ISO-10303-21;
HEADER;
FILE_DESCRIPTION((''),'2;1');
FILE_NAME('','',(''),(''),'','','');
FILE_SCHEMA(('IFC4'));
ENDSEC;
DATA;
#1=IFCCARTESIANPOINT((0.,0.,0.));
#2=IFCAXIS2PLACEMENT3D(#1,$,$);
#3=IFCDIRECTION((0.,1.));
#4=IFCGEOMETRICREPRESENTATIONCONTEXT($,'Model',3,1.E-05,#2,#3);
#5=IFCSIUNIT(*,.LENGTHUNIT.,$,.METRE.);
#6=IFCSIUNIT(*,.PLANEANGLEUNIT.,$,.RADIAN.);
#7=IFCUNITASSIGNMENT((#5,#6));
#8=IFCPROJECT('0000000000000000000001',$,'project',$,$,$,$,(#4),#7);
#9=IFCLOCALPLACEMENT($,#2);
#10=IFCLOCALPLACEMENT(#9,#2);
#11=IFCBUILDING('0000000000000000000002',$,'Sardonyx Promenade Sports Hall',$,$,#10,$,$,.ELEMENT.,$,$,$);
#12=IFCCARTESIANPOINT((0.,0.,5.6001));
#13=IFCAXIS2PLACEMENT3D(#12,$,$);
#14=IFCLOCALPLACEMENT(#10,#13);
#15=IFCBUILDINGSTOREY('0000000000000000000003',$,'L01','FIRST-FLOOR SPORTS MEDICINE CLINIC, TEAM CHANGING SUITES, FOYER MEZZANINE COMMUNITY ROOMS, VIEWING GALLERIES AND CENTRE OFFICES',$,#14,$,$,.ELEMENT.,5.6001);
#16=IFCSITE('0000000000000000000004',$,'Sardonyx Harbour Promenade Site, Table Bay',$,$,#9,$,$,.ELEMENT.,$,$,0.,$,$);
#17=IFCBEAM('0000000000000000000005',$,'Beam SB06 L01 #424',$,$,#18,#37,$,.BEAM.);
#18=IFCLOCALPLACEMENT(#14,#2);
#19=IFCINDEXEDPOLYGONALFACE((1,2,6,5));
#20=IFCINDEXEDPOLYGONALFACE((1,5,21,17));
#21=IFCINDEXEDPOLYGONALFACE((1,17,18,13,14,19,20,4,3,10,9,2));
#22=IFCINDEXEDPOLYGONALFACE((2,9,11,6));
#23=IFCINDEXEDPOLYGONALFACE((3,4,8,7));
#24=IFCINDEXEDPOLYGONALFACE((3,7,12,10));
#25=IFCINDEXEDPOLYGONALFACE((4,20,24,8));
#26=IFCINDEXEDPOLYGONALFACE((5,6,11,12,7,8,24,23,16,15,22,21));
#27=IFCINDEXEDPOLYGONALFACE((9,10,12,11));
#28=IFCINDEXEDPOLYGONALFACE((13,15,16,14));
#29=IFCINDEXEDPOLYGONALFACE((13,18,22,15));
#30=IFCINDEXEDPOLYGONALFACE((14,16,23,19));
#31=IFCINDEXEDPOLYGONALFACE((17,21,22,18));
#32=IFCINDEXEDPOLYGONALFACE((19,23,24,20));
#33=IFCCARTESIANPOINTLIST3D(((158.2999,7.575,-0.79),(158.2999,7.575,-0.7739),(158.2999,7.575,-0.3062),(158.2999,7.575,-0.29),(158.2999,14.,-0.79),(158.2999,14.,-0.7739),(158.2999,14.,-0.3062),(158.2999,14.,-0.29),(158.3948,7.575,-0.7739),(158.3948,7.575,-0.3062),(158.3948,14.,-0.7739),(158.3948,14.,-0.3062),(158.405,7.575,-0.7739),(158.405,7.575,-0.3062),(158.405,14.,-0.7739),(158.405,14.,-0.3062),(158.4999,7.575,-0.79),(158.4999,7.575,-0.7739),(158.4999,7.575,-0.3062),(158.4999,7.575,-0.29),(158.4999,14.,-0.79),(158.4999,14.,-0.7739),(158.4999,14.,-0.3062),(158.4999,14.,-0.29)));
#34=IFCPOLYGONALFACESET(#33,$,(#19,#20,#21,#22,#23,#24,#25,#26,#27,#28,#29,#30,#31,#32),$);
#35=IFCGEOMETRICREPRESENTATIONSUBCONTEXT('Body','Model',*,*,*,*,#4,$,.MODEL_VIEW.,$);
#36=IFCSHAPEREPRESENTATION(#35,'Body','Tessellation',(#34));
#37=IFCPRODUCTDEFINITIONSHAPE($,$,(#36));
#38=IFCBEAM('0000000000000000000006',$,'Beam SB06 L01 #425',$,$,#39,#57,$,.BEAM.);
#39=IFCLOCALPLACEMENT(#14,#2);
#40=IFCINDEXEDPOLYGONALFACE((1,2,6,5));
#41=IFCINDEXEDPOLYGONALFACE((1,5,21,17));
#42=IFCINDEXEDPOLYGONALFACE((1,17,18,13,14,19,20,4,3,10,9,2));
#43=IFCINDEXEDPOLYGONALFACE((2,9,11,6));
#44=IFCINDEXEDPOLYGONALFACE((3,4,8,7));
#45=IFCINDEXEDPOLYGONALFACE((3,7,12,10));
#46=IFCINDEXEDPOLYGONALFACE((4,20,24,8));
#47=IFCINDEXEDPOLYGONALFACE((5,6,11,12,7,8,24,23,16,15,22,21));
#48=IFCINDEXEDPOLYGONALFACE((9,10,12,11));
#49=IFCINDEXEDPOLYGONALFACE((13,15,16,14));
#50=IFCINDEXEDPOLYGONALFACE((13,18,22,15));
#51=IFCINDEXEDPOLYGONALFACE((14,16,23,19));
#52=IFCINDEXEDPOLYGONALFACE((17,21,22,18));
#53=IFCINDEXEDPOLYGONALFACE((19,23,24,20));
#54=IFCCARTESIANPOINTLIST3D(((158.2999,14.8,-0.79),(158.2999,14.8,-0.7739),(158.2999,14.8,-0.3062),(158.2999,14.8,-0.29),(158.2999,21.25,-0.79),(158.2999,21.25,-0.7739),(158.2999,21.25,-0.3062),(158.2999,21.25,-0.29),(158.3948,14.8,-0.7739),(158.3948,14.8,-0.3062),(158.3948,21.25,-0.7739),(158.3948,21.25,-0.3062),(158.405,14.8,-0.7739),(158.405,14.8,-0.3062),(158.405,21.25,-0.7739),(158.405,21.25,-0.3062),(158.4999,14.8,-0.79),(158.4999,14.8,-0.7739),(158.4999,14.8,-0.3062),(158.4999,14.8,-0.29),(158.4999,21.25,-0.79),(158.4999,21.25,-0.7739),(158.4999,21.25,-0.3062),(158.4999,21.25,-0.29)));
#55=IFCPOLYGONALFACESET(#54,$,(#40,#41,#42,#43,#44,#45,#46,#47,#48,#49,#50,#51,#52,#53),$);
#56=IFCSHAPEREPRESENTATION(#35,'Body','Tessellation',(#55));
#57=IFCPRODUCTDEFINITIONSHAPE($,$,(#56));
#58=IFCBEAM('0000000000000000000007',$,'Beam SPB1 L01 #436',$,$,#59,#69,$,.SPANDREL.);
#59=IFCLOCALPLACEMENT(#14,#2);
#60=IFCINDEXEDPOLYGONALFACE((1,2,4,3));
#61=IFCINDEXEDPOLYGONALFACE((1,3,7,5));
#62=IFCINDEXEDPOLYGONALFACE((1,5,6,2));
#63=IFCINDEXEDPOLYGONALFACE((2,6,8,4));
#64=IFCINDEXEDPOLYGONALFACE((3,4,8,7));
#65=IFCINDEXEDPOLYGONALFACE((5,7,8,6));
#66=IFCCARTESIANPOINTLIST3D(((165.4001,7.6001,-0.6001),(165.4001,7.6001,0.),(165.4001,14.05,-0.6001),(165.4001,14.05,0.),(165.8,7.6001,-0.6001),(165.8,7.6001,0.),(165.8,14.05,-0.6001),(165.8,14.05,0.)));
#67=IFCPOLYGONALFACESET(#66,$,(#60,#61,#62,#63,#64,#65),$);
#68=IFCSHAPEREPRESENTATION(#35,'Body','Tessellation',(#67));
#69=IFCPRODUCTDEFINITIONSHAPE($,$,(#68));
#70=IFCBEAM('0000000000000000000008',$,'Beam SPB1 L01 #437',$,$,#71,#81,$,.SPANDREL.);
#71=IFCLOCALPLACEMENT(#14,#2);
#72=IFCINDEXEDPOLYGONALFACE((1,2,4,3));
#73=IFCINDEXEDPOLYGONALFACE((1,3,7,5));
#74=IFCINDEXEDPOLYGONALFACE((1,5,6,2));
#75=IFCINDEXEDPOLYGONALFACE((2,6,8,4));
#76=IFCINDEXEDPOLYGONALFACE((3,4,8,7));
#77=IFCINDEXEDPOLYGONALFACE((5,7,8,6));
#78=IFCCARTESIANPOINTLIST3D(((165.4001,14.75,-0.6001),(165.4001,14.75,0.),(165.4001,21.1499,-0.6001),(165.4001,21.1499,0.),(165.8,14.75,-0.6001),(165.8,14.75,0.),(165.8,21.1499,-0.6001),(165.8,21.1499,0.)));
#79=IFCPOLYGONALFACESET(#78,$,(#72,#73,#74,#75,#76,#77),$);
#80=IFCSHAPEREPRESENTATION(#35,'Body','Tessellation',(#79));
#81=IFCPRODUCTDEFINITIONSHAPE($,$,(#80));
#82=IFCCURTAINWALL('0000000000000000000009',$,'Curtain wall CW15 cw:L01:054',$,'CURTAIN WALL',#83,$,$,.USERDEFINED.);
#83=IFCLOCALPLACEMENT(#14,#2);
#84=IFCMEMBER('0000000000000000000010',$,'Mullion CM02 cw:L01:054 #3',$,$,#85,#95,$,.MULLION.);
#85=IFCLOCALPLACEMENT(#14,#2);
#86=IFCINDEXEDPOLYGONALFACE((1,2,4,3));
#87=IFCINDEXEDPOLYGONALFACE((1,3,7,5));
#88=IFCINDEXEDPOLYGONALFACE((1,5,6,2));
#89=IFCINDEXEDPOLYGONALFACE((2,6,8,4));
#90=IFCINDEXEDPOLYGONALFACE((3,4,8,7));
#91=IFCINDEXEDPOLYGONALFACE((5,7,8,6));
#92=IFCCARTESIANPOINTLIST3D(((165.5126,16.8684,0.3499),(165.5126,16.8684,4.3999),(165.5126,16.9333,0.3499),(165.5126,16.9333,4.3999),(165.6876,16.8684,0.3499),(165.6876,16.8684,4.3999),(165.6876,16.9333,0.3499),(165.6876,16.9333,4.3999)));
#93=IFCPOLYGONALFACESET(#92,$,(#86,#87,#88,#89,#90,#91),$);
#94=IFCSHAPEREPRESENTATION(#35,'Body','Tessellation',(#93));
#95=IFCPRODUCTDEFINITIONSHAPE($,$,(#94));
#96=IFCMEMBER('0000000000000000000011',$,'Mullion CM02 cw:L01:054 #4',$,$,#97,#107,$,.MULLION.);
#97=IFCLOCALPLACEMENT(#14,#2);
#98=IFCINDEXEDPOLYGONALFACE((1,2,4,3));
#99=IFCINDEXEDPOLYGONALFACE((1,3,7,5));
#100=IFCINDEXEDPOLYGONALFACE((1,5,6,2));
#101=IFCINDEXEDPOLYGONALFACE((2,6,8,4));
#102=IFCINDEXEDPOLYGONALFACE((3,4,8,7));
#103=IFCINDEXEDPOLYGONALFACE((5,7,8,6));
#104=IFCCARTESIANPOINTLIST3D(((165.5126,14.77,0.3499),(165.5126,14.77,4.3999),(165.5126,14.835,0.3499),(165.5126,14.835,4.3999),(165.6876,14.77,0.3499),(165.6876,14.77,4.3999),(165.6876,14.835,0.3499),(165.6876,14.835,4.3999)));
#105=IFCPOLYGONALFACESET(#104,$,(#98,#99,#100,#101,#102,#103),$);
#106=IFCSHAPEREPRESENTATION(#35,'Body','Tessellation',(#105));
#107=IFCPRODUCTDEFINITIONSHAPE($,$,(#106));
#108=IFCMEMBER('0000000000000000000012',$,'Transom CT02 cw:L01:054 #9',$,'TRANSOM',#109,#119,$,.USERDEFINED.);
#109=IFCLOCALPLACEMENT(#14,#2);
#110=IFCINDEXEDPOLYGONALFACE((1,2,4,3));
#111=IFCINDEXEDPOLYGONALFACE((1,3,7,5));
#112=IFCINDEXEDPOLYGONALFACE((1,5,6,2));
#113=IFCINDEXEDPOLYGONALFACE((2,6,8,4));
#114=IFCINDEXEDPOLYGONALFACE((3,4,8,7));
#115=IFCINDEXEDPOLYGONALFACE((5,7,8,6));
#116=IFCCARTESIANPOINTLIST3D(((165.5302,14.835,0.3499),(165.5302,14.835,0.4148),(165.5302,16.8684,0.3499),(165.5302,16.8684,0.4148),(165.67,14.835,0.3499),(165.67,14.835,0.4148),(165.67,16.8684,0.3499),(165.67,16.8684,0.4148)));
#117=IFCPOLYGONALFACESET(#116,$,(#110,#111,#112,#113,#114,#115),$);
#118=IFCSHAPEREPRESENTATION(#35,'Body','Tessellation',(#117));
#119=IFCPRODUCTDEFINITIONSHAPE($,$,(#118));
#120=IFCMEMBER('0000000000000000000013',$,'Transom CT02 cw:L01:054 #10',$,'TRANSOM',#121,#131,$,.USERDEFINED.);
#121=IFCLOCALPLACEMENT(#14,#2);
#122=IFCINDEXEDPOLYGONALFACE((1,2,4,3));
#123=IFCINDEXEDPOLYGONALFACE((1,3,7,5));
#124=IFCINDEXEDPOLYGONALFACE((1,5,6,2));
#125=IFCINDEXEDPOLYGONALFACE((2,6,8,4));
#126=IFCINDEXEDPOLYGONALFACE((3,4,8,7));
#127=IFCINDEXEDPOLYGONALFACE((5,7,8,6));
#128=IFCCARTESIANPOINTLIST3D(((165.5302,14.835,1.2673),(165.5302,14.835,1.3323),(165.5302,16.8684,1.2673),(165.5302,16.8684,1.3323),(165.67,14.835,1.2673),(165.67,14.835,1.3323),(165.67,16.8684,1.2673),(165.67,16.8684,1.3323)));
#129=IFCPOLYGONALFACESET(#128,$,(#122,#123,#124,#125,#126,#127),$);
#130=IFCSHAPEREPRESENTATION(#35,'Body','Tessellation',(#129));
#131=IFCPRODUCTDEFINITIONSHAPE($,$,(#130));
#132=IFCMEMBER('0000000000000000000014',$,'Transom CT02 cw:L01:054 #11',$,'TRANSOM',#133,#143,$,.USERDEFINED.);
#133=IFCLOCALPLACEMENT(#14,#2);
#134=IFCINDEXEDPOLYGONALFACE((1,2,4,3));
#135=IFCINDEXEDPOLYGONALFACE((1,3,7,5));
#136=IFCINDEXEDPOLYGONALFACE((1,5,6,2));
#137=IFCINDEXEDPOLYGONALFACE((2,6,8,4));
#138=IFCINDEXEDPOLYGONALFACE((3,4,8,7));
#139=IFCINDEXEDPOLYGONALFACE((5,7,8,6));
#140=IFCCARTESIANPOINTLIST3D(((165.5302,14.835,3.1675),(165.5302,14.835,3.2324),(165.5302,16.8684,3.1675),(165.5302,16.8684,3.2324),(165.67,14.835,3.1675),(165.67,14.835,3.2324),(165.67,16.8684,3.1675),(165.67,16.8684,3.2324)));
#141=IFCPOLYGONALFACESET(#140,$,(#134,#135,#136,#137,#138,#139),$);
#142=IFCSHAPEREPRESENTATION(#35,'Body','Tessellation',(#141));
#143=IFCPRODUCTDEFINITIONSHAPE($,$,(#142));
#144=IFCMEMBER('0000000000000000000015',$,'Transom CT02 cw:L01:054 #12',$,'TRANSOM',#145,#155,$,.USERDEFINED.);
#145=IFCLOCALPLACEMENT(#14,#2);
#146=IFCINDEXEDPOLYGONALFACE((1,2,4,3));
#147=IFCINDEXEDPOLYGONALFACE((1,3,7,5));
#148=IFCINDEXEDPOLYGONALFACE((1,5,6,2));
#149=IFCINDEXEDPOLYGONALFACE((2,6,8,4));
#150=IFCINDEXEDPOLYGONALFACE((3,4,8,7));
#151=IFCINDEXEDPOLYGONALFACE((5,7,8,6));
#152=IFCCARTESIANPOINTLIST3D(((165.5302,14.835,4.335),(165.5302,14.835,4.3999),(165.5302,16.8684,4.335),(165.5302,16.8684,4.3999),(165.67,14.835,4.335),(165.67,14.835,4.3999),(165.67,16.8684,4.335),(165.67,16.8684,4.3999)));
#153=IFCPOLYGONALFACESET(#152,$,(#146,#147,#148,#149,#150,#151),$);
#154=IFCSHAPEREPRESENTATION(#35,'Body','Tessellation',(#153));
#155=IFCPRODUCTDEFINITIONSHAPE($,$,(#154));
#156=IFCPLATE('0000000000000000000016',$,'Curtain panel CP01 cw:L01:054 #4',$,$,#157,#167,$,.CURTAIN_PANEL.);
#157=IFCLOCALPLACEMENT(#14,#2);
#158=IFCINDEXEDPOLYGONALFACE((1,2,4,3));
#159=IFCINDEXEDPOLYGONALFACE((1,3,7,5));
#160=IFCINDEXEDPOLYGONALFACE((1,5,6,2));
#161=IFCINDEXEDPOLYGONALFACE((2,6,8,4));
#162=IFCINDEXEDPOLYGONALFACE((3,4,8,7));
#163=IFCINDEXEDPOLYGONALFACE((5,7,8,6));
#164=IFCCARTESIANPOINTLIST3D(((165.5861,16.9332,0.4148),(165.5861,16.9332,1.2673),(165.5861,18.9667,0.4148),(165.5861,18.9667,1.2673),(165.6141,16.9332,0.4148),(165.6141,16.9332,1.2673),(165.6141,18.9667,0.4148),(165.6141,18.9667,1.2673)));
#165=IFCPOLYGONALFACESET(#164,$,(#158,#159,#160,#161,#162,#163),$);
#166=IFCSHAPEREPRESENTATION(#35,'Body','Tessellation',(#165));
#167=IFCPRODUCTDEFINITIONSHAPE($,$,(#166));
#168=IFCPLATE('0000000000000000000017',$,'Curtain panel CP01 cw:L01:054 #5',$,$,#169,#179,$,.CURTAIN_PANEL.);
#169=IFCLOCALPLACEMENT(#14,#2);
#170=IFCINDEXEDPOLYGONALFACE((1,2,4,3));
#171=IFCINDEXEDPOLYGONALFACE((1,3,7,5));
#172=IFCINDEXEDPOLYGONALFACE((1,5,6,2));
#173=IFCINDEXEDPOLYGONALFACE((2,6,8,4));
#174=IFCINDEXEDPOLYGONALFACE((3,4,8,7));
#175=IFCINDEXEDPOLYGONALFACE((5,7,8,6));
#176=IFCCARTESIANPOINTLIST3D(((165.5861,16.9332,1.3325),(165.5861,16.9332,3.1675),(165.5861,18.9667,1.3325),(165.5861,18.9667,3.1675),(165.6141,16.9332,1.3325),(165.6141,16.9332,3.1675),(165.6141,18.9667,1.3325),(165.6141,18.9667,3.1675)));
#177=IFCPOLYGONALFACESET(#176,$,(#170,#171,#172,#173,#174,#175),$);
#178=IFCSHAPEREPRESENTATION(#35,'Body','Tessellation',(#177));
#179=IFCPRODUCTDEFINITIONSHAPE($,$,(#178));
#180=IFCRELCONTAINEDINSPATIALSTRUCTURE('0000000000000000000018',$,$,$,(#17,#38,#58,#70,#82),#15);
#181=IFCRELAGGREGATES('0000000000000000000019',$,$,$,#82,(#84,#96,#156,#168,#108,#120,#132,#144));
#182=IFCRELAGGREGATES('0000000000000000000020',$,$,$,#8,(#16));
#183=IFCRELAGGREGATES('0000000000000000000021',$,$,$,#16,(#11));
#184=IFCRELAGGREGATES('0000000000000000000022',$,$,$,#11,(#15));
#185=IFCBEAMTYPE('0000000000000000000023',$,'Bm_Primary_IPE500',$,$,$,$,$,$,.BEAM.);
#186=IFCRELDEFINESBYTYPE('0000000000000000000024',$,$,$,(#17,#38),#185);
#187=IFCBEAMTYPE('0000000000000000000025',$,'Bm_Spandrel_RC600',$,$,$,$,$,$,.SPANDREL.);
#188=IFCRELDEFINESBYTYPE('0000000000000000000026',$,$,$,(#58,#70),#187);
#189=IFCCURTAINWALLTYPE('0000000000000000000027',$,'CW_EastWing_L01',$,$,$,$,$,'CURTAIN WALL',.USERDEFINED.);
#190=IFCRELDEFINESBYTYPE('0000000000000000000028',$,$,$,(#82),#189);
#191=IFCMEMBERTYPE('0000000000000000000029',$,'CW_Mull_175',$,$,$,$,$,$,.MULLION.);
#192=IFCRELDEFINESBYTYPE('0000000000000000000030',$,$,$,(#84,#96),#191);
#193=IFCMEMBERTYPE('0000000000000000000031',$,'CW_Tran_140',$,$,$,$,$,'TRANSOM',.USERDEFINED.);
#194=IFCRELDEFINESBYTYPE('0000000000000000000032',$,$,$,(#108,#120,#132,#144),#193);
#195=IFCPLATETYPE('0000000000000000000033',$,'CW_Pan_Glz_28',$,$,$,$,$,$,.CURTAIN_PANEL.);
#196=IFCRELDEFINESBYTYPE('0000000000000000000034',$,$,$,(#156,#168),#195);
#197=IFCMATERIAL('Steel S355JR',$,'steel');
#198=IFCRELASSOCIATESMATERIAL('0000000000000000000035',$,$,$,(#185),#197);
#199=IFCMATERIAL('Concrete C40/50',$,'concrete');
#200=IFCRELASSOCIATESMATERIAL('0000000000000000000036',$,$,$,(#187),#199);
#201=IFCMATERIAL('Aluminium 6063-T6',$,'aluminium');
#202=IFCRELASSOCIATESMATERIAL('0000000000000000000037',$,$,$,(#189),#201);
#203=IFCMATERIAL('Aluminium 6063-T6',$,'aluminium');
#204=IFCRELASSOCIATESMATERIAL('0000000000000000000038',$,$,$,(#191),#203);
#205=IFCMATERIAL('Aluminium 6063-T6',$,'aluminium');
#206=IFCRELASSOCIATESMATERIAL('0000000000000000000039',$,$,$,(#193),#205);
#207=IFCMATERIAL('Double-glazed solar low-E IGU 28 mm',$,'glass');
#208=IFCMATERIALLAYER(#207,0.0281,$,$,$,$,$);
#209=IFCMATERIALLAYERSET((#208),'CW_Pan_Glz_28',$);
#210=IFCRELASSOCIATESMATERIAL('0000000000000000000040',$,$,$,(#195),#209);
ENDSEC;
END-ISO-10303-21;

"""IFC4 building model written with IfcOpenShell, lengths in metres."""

from ifc_helpers import new_model, si_unit, direction, frame, origin, origin_2d, place, context, subcontext, project, spatial, rectangle, i_section, extrude, material, layer, layer_set, material_profile, profile_set, type_object, element, aggregate, save


model = new_model("IFC4")

# Units and contexts
model_context = context("Model", 3, precision=1e-05, world=origin(), true_north=direction((0.0, 1.0)))
body_context = subcontext(model_context, "Body", "Model", "MODEL_VIEW")
ifc_project = project(units=[si_unit("LENGTHUNIT", "METRE"), si_unit("PLANEANGLEUNIT", "RADIAN")], contexts=[model_context])

# Site, building, storey
site_placement = place(None, origin())
site = spatial("IfcSite", under=ifc_project, at=site_placement, Name="Sardonyx Harbour Promenade Site, Table Bay", CompositionType="ELEMENT", RefElevation=0.0)
building_placement = place(site_placement, origin())
building = spatial("IfcBuilding", under=site, at=building_placement, Name="Sardonyx Promenade Sports Hall", CompositionType="ELEMENT")
storey_placement = place(building_placement, frame((0.0, 0.0, 5.6001)))
storey = spatial("IfcBuildingStorey", under=building, at=storey_placement, Name="L01", Description="FIRST-FLOOR SPORTS MEDICINE CLINIC, TEAM CHANGING SUITES, FOYER MEZZANINE COMMUNITY ROOMS, VIEWING GALLERIES AND CENTRE OFFICES", CompositionType="ELEMENT", Elevation=5.6001)

# Beams
ifc_material_1 = material(Name="Steel S355JR", Category="steel")
ifc_material_profile_1 = material_profile(ifc_material_1, i_section(OverallWidth=0.2, OverallDepth=0.5, WebThickness=0.0103, FlangeThickness=0.0161, at=origin_2d()))
ifc_profile_set_1 = profile_set([ifc_material_profile_1], Name="Steel S355JR")
beam_type_1 = type_object("IfcBeamType", Name="Bm_Primary_IPE500", PredefinedType="BEAM", material=ifc_profile_set_1)
beam_1_placement = place(storey_placement, frame((158.3999, 7.575, -0.54), z_axis=(0.0, 1.0, 0.0), x_axis=(-1.0, 0.0, 0.0)))
element("IfcBeam", 1, at=beam_1_placement, inside=storey, type_object=beam_type_1, Name="Beam SB06 L01 #424", PredefinedType="BEAM", context=body_context, shape_type="SweptSolid", body=[
    extrude(i_section(OverallWidth=0.2, OverallDepth=0.5, WebThickness=0.0103, FlangeThickness=0.0161, at=origin_2d()), origin(), (0.0, 0.0, 1.0), 6.425),
])
beam_2_placement = place(storey_placement, frame((158.3999, 14.8, -0.54), z_axis=(0.0, 1.0, 0.0), x_axis=(-1.0, 0.0, 0.0)))
element("IfcBeam", 2, at=beam_2_placement, inside=storey, type_object=beam_type_1, Name="Beam SB06 L01 #425", PredefinedType="BEAM", context=body_context, shape_type="SweptSolid", body=[
    extrude(i_section(OverallWidth=0.2, OverallDepth=0.5, WebThickness=0.0103, FlangeThickness=0.0161, at=origin_2d()), origin(), (0.0, 0.0, 1.0), 6.45),
])
ifc_material_2 = material(Name="Concrete C40/50", Category="concrete")
ifc_material_profile_2 = material_profile(ifc_material_2, rectangle(XDim=0.3999, YDim=0.6001, at=origin_2d()))
ifc_profile_set_2 = profile_set([ifc_material_profile_2], Name="Concrete C40/50")
beam_type_2 = type_object("IfcBeamType", Name="Bm_Spandrel_RC600", PredefinedType="SPANDREL", material=ifc_profile_set_2)
beam_3_placement = place(storey_placement, frame((165.6001, 7.6001, -0.3), z_axis=(0.0, 1.0, 0.0), x_axis=(-1.0, 0.0, 0.0)))
element("IfcBeam", 3, at=beam_3_placement, inside=storey, type_object=beam_type_2, Name="Beam SPB1 L01 #436", PredefinedType="SPANDREL", context=body_context, shape_type="SweptSolid", body=[
    extrude(rectangle(XDim=0.3999, YDim=0.6001, at=origin_2d()), origin(), (0.0, 0.0, 1.0), 6.45),
])
beam_4_placement = place(storey_placement, frame((165.6001, 14.75, -0.3), z_axis=(0.0, 1.0, 0.0), x_axis=(-1.0, 0.0, 0.0)))
element("IfcBeam", 4, at=beam_4_placement, inside=storey, type_object=beam_type_2, Name="Beam SPB1 L01 #437", PredefinedType="SPANDREL", context=body_context, shape_type="SweptSolid", body=[
    extrude(rectangle(XDim=0.3999, YDim=0.6001, at=origin_2d()), origin(), (0.0, 0.0, 1.0), 6.3999),
])

# Curtain wall, members, plates
ifc_material_3 = material(Name="Aluminium 6063-T6", Category="aluminium")
curtain_wall_type = type_object("IfcCurtainWallType", Name="CW_EastWing_L01", ElementType="CURTAIN WALL", PredefinedType="USERDEFINED", material=ifc_material_3)
curtain_wall_placement = place(storey_placement, origin())
curtain_wall = element("IfcCurtainWall", 5, at=curtain_wall_placement, inside=storey, type_object=curtain_wall_type, Name="Curtain wall CW15 cw:L01:054", ObjectType="CURTAIN WALL", PredefinedType="USERDEFINED")
ifc_material_4 = material(Name="Aluminium 6063-T6", Category="aluminium")
ifc_material_profile_3 = material_profile(ifc_material_4, rectangle(XDim=0.0649, YDim=0.175, at=origin_2d()))
ifc_profile_set_3 = profile_set([ifc_material_profile_3], Name="Aluminium 6063-T6")
member_type_1 = type_object("IfcMemberType", Name="CW_Mull_175", PredefinedType="MULLION", material=ifc_profile_set_3)
member_1_placement = place(storey_placement, frame((165.6001, 16.9009, 0.3499), z_axis=(0.0, 0.0, 1.0), x_axis=(0.0, -1.0, 0.0)))
member_1 = element("IfcMember", 6, at=member_1_placement, type_object=member_type_1, Name="Mullion CM02 cw:L01:054 #3", PredefinedType="MULLION", context=body_context, shape_type="SweptSolid", body=[
    extrude(rectangle(XDim=0.0649, YDim=0.175, at=origin_2d()), origin(), (0.0, 0.0, 1.0), 4.05),
])
member_2_placement = place(storey_placement, frame((165.6001, 14.8025, 0.3499), z_axis=(0.0, 0.0, 1.0), x_axis=(0.0, -1.0, 0.0)))
member_2 = element("IfcMember", 7, at=member_2_placement, type_object=member_type_1, Name="Mullion CM02 cw:L01:054 #4", PredefinedType="MULLION", context=body_context, shape_type="SweptSolid", body=[
    extrude(rectangle(XDim=0.0649, YDim=0.175, at=origin_2d()), origin(), (0.0, 0.0, 1.0), 4.05),
])
ifc_material_5 = material(Name="Aluminium 6063-T6", Category="aluminium")
ifc_material_profile_4 = material_profile(ifc_material_5, rectangle(XDim=0.0649, YDim=0.1399, at=origin_2d()))
ifc_profile_set_4 = profile_set([ifc_material_profile_4], Name="Aluminium 6063-T6")
member_type_2 = type_object("IfcMemberType", Name="CW_Tran_140", ElementType="TRANSOM", PredefinedType="USERDEFINED", material=ifc_profile_set_4)
member_3_placement = place(storey_placement, frame((165.6001, 16.8684, 0.3823), z_axis=(0.0, -1.0, 0.0), x_axis=(0.0, 0.0, 1.0)))
member_3 = element("IfcMember", 8, at=member_3_placement, type_object=member_type_2, Name="Transom CT02 cw:L01:054 #9", ObjectType="TRANSOM", PredefinedType="USERDEFINED", context=body_context, shape_type="SweptSolid", body=[
    extrude(rectangle(XDim=0.0649, YDim=0.1399, at=origin_2d()), origin(), (0.0, 0.0, 1.0), 2.0334),
])
member_4_placement = place(storey_placement, frame((165.6001, 16.8684, 1.2998), z_axis=(0.0, -1.0, 0.0), x_axis=(0.0, 0.0, 1.0)))
member_4 = element("IfcMember", 9, at=member_4_placement, type_object=member_type_2, Name="Transom CT02 cw:L01:054 #10", ObjectType="TRANSOM", PredefinedType="USERDEFINED", context=body_context, shape_type="SweptSolid", body=[
    extrude(rectangle(XDim=0.0649, YDim=0.1399, at=origin_2d()), origin(), (0.0, 0.0, 1.0), 2.0334),
])
member_5_placement = place(storey_placement, frame((165.6001, 16.8684, 3.2), z_axis=(0.0, -1.0, 0.0), x_axis=(0.0, 0.0, 1.0)))
member_5 = element("IfcMember", 10, at=member_5_placement, type_object=member_type_2, Name="Transom CT02 cw:L01:054 #11", ObjectType="TRANSOM", PredefinedType="USERDEFINED", context=body_context, shape_type="SweptSolid", body=[
    extrude(rectangle(XDim=0.0649, YDim=0.1399, at=origin_2d()), origin(), (0.0, 0.0, 1.0), 2.0334),
])
member_6_placement = place(storey_placement, frame((165.6001, 16.8684, 4.3674), z_axis=(0.0, -1.0, 0.0), x_axis=(0.0, 0.0, 1.0)))
member_6 = element("IfcMember", 11, at=member_6_placement, type_object=member_type_2, Name="Transom CT02 cw:L01:054 #12", ObjectType="TRANSOM", PredefinedType="USERDEFINED", context=body_context, shape_type="SweptSolid", body=[
    extrude(rectangle(XDim=0.0649, YDim=0.1399, at=origin_2d()), origin(), (0.0, 0.0, 1.0), 2.0334),
])
ifc_material_6 = material(Name="Double-glazed solar low-E IGU 28 mm", Category="glass")
ifc_layer_1 = layer(ifc_material_6, 0.0281)
ifc_layer_set_1 = layer_set([ifc_layer_1], Name="CW_Pan_Glz_28")
plate_type = type_object("IfcPlateType", Name="CW_Pan_Glz_28", PredefinedType="CURTAIN_PANEL", material=ifc_layer_set_1)
plate_1_placement = place(storey_placement, frame((165.6001, 17.95, 0.4148), z_axis=(0.0, 0.0, 1.0), x_axis=(0.0, -1.0, 0.0)))
plate_1 = element("IfcPlate", 12, at=plate_1_placement, type_object=plate_type, Name="Curtain panel CP01 cw:L01:054 #4", PredefinedType="CURTAIN_PANEL", context=body_context, shape_type="SweptSolid", body=[
    extrude(rectangle(XDim=2.0334, YDim=0.0281, at=origin_2d()), origin(), (0.0, 0.0, 1.0), 0.8525),
])
plate_2_placement = place(storey_placement, frame((165.6001, 17.95, 1.3325), z_axis=(0.0, 0.0, 1.0), x_axis=(0.0, -1.0, 0.0)))
plate_2 = element("IfcPlate", 13, at=plate_2_placement, type_object=plate_type, Name="Curtain panel CP01 cw:L01:054 #5", PredefinedType="CURTAIN_PANEL", context=body_context, shape_type="SweptSolid", body=[
    extrude(rectangle(XDim=2.0334, YDim=0.0281, at=origin_2d()), origin(), (0.0, 0.0, 1.0), 1.835),
])
aggregate(curtain_wall, [member_1, member_2, plate_1, plate_2, member_3, member_4, member_5, member_6])

save(model, "model.ifc")
